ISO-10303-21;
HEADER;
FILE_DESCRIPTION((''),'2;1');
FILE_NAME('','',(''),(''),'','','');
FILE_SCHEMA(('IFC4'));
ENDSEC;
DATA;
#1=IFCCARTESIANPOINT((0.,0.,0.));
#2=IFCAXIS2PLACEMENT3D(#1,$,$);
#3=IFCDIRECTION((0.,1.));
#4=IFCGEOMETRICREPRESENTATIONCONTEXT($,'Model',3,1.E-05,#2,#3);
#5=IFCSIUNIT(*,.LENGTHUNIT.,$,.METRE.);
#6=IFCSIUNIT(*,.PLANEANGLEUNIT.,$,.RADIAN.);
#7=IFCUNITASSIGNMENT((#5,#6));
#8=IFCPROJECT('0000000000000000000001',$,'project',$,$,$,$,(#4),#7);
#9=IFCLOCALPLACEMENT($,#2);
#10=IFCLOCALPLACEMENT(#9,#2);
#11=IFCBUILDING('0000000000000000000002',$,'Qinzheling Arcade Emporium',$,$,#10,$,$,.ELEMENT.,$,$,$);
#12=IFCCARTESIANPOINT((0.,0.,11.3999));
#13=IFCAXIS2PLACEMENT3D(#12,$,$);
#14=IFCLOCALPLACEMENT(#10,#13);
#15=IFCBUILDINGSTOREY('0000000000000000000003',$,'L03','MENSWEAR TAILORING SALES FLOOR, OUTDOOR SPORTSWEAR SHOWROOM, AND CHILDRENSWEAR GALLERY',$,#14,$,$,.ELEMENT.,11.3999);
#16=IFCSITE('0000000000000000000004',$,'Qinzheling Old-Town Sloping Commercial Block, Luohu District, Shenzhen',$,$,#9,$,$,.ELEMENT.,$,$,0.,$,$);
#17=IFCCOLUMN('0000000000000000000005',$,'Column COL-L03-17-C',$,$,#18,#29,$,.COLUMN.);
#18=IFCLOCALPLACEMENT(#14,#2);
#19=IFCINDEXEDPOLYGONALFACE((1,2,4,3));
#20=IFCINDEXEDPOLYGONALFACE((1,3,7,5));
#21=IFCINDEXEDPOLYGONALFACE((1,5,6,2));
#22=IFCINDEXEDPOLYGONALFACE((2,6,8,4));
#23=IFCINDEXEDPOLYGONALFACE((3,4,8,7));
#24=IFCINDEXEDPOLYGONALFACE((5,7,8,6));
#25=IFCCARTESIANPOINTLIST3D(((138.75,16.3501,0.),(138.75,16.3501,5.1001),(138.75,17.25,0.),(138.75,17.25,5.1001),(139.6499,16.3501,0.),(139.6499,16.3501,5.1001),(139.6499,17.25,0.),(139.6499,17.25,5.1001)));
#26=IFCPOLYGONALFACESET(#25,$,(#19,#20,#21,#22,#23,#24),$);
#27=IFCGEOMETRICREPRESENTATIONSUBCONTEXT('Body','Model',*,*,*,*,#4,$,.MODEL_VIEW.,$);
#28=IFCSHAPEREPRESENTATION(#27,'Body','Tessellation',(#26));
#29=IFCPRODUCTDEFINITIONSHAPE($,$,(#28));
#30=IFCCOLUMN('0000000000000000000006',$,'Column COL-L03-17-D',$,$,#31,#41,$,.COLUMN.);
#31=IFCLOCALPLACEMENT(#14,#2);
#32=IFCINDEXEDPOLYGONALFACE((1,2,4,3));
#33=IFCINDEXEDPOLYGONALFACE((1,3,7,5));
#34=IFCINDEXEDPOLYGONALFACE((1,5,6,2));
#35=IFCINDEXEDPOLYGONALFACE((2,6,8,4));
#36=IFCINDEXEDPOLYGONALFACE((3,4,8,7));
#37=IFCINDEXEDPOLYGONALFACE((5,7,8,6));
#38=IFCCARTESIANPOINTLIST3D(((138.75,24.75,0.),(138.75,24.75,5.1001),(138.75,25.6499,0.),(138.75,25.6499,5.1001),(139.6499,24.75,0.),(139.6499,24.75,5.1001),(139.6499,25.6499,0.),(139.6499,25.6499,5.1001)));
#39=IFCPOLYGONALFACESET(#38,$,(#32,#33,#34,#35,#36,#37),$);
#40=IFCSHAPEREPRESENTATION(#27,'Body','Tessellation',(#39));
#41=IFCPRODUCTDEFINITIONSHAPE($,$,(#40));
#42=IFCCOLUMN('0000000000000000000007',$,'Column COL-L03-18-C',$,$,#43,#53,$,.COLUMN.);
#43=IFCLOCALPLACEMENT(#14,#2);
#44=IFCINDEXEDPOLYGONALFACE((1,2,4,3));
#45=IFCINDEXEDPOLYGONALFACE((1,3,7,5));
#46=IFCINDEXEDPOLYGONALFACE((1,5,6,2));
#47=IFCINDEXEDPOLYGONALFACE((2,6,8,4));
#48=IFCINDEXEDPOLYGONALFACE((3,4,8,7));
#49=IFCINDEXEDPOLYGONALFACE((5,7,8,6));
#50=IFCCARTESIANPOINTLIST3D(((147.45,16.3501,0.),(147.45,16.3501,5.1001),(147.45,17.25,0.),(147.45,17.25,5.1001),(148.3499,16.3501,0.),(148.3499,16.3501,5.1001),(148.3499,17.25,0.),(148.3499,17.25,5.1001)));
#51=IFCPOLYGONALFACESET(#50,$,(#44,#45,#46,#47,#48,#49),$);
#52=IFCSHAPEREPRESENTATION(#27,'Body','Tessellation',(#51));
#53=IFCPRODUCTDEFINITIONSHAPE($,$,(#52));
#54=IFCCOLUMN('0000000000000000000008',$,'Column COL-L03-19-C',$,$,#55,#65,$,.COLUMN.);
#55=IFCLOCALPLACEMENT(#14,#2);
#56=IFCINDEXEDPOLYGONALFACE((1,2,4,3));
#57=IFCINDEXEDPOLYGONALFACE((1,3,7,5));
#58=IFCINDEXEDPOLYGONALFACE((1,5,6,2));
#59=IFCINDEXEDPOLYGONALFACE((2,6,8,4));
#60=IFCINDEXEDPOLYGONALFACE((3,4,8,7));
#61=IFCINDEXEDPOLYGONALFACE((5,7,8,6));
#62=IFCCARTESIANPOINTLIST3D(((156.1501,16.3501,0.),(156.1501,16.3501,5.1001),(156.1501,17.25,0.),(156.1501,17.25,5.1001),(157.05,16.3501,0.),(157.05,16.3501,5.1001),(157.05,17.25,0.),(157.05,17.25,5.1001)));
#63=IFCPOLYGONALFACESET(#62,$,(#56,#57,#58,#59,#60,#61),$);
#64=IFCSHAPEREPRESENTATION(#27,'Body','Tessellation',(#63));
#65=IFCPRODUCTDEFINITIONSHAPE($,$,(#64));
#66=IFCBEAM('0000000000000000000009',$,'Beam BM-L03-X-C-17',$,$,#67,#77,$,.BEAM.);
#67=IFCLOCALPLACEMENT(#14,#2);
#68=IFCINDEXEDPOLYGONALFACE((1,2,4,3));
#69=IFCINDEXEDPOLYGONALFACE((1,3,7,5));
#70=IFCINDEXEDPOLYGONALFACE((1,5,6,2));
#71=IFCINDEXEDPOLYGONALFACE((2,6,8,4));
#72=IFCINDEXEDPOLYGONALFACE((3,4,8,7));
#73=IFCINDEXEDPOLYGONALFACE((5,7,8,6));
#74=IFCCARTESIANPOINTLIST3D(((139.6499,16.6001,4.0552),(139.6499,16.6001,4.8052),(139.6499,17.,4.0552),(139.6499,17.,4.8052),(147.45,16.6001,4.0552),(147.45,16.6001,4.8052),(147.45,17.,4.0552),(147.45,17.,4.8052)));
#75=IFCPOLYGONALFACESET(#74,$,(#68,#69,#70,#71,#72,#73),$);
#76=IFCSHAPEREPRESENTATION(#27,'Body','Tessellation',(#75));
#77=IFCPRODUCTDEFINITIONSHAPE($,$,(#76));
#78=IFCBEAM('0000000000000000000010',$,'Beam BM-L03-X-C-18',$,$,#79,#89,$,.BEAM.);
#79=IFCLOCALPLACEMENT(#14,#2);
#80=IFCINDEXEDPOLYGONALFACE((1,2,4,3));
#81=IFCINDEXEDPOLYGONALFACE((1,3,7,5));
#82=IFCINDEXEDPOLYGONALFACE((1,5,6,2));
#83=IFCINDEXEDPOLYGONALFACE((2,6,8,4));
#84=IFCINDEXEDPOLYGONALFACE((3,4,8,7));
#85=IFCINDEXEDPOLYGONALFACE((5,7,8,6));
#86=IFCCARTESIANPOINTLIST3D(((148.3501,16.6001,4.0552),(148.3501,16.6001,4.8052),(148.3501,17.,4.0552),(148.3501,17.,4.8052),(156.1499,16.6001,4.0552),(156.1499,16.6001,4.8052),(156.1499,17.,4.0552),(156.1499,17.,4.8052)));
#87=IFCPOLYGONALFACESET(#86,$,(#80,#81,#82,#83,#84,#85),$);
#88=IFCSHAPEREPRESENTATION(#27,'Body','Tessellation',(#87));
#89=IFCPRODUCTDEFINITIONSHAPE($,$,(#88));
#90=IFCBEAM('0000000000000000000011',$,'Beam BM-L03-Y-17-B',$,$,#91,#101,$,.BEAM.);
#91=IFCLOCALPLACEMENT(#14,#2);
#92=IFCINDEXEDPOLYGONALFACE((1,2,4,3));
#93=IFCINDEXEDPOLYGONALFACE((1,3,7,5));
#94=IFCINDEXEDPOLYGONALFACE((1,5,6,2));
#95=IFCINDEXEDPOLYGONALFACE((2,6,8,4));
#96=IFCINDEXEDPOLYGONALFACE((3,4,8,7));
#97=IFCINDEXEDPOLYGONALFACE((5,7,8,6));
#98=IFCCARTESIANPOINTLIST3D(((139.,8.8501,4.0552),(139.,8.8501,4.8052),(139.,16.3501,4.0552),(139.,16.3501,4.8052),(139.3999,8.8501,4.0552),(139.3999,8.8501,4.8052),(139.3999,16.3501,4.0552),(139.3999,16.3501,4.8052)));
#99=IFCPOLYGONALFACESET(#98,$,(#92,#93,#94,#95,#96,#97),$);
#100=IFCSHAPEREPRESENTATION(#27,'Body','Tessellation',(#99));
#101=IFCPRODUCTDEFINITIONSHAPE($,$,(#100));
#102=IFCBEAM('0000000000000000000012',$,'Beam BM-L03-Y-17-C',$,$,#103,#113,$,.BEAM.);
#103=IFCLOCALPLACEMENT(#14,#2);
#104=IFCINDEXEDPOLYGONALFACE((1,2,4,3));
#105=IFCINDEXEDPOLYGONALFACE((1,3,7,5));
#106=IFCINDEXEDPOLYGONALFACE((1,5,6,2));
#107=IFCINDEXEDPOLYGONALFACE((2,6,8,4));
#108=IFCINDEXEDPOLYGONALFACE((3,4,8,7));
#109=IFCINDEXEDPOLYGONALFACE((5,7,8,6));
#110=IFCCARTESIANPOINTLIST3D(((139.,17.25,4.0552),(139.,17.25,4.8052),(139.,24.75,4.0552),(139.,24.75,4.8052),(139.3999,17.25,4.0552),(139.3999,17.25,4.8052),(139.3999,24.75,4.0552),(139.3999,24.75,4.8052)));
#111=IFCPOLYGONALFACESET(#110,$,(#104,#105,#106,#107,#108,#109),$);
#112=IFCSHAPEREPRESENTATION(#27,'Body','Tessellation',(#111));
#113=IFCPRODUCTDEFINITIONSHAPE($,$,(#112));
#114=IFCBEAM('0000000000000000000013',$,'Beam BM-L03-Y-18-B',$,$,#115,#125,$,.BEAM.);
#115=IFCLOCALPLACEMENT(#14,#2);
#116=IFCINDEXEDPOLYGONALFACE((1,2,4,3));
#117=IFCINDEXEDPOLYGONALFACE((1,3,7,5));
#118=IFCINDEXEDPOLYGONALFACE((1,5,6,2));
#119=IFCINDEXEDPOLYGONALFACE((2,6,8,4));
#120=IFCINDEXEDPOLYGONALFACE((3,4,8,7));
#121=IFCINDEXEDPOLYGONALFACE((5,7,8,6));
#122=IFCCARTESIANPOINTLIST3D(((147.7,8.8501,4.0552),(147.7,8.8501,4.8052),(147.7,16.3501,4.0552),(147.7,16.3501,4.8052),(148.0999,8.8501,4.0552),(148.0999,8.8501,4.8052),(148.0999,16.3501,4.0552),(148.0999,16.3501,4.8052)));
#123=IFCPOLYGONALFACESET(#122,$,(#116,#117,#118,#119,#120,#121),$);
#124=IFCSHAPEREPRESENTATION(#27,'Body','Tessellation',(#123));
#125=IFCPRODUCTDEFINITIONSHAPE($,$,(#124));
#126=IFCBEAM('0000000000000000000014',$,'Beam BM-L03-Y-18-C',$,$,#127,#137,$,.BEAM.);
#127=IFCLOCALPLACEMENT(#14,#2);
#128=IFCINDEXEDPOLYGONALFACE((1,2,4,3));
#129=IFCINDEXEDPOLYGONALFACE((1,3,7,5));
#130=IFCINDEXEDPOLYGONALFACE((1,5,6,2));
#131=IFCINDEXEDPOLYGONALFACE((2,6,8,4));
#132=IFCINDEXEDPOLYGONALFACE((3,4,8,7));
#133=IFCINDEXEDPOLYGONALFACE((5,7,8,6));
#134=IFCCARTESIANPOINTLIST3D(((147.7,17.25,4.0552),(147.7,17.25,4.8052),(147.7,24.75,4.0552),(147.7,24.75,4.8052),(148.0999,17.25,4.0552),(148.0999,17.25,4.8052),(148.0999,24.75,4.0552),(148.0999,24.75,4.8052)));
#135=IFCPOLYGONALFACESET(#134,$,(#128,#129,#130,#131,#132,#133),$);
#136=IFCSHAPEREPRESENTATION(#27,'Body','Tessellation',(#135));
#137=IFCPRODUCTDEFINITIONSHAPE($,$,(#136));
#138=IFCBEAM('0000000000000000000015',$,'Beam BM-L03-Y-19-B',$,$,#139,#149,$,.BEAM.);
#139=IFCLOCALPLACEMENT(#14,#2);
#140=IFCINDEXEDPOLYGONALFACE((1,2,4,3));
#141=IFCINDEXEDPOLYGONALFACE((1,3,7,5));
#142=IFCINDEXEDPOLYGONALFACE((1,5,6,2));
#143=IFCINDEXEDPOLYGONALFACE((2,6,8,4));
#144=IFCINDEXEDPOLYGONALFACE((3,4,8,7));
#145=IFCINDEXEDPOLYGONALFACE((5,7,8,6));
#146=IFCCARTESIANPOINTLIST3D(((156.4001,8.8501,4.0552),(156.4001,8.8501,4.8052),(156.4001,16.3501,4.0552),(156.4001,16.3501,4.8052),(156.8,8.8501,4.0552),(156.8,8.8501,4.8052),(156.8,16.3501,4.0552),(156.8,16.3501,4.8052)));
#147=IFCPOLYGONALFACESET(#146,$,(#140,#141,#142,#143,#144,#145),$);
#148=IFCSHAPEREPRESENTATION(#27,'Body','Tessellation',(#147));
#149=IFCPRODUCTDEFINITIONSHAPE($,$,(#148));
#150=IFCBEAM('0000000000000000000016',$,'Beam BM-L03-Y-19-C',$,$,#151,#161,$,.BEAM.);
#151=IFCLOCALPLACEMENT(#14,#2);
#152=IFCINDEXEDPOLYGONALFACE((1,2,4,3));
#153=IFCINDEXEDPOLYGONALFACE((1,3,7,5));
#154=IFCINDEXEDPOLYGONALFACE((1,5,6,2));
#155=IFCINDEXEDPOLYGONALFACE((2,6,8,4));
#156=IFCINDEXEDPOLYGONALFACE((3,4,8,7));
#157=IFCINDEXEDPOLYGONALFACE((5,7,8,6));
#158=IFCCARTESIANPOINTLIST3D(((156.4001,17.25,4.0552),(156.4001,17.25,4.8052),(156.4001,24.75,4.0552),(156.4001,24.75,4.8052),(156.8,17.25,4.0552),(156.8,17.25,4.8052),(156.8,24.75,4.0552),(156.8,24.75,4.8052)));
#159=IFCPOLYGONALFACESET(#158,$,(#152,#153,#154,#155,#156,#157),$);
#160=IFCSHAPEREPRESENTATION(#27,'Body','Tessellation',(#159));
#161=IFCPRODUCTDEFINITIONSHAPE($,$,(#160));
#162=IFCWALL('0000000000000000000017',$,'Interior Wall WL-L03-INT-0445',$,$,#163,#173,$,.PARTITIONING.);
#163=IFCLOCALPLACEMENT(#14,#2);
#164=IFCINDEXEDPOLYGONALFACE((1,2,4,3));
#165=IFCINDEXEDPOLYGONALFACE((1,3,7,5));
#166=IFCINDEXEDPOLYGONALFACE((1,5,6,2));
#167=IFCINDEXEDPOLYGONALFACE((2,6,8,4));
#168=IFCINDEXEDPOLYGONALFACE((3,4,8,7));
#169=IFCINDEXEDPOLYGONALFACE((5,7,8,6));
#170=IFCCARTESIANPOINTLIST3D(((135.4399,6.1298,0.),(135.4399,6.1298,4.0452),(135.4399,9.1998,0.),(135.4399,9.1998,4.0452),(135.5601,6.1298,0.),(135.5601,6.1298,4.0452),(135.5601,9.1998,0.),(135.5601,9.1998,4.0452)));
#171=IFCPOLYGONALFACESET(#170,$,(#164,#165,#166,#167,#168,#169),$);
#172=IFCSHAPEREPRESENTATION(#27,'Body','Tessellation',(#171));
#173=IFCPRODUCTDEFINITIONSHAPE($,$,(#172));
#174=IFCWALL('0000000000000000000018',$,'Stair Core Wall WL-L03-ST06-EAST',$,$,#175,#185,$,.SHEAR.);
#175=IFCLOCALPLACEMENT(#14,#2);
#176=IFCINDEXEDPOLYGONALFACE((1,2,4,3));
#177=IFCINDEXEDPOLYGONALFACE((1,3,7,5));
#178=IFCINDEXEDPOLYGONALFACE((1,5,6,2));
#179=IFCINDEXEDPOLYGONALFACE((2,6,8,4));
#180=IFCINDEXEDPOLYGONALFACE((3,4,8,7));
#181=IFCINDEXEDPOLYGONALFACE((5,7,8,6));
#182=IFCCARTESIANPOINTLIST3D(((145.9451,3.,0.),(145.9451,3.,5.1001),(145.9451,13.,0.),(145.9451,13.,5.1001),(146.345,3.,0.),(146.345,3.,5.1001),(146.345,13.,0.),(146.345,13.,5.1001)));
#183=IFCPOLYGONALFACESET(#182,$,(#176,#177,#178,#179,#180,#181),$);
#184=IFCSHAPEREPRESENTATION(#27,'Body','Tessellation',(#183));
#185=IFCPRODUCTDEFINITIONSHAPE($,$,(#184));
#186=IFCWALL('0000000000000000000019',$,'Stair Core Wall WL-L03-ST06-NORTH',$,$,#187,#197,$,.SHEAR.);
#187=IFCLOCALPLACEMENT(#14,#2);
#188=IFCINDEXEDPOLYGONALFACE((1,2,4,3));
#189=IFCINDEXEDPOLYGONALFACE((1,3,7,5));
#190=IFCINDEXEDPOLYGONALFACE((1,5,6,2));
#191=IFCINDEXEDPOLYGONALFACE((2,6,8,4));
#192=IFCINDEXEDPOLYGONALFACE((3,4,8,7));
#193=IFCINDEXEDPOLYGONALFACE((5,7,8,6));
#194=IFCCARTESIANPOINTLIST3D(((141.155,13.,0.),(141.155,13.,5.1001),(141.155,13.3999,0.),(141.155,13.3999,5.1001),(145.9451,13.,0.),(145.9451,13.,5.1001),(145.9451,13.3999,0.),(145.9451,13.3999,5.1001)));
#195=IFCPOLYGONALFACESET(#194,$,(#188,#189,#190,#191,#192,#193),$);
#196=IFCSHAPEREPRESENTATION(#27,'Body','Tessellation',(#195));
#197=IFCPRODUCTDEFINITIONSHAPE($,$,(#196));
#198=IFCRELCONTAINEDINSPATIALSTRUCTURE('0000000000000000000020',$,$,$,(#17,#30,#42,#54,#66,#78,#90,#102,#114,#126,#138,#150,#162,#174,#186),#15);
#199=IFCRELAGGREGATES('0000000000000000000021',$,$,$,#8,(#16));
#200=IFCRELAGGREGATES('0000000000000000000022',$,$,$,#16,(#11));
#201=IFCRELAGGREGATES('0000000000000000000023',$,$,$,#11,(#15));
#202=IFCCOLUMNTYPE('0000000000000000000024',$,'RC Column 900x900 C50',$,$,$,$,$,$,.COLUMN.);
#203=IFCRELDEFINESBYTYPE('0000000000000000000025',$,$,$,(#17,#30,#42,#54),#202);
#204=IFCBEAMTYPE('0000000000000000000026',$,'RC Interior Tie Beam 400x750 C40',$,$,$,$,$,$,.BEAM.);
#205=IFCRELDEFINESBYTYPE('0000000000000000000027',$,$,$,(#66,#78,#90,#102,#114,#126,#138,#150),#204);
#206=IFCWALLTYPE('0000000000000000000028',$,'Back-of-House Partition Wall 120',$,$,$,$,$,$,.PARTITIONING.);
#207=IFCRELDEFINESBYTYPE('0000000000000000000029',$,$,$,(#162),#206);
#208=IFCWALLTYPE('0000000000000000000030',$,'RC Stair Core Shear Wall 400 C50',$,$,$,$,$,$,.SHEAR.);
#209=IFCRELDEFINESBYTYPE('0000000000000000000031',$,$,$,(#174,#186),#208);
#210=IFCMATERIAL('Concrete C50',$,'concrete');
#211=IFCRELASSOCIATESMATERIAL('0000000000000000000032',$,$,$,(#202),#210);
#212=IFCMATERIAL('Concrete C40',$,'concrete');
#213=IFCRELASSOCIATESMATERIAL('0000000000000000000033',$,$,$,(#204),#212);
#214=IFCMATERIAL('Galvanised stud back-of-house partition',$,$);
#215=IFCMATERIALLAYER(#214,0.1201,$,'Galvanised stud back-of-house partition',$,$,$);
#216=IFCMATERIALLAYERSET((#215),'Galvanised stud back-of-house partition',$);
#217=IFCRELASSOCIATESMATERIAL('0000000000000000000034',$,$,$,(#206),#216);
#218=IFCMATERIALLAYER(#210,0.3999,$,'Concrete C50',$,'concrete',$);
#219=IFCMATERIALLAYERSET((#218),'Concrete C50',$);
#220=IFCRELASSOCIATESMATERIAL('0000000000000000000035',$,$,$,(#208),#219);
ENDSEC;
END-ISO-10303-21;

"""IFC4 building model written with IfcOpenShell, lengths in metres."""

from ifc_helpers import new_model, si_unit, direction, frame, frame_2d, origin, origin_2d, place, context, subcontext, project, spatial, rectangle, extrude, material, layer, layer_set, material_profile, profile_set, type_object, element, save


model = new_model("IFC4")

# Units and contexts
model_context = context("Model", 3, precision=1e-05, world=origin(), true_north=direction((0.0, 1.0)))
body_context = subcontext(model_context, "Body", "Model", "MODEL_VIEW")
ifc_project = project(units=[si_unit("LENGTHUNIT", "METRE"), si_unit("PLANEANGLEUNIT", "RADIAN")], contexts=[model_context])

# Site, building, storey
site_placement = place(None, origin())
site = spatial("IfcSite", under=ifc_project, at=site_placement, Name="Qinzheling Old-Town Sloping Commercial Block, Luohu District, Shenzhen", CompositionType="ELEMENT", RefElevation=0.0)
building_placement = place(site_placement, origin())
building = spatial("IfcBuilding", under=site, at=building_placement, Name="Qinzheling Arcade Emporium", CompositionType="ELEMENT")
storey_placement = place(building_placement, frame((0.0, 0.0, 11.3999)))
storey = spatial("IfcBuildingStorey", under=building, at=storey_placement, Name="L03", Description="MENSWEAR TAILORING SALES FLOOR, OUTDOOR SPORTSWEAR SHOWROOM, AND CHILDRENSWEAR GALLERY", CompositionType="ELEMENT", Elevation=11.3999)

# Columns
ifc_material_1 = material(Name="Concrete C50", Category="concrete")
ifc_material_profile_1 = material_profile(ifc_material_1, rectangle(XDim=0.8999, YDim=0.8999, at=origin_2d()), Name="RC 900x900", Category="concrete")
ifc_profile_set_1 = profile_set([ifc_material_profile_1], Name="Concrete C50")
column_type = type_object("IfcColumnType", Name="RC Column 900x900 C50", PredefinedType="COLUMN", material=ifc_profile_set_1)
for number, where, z_axis, x_axis, name in (
    (1, (139.2, 16.8, 0.0), (0.0, 0.0, 1.0), (1.0, 0.0, 0.0), "Column COL-L03-17-C"),
    (2, (139.2, 25.2, 0.0), (0.0, 0.0, 1.0), (1.0, 0.0, 0.0), "Column COL-L03-17-D"),
    (3, (147.8999, 16.8, 0.0), (0.0, 0.0, 1.0), (1.0, 0.0, 0.0), "Column COL-L03-18-C"),
    (4, (156.6001, 16.8, 0.0), (0.0, 0.0, 1.0), (1.0, 0.0, 0.0), "Column COL-L03-19-C"),
):
    element("IfcColumn", number, at=place(storey_placement, frame(where, z_axis=z_axis, x_axis=x_axis)), inside=storey, type_object=column_type, Name=name, PredefinedType="COLUMN", context=body_context, shape_type="SweptSolid", body=[
        extrude(rectangle(XDim=0.8999, YDim=0.8999, at=origin_2d()), origin(), (0.0, 0.0, 1.0), 5.1001),
    ])

# Beams
ifc_material_2 = material(Name="Concrete C40", Category="concrete")
ifc_material_profile_2 = material_profile(ifc_material_2, rectangle(XDim=0.3999, YDim=0.75, at=origin_2d()), Name="RC 400x750", Category="concrete")
ifc_profile_set_2 = profile_set([ifc_material_profile_2], Name="Concrete C40")
beam_type = type_object("IfcBeamType", Name="RC Interior Tie Beam 400x750 C40", PredefinedType="BEAM", material=ifc_profile_set_2)
beam_1_placement = place(storey_placement, frame((139.6499, 16.8, 4.4302), z_axis=(1.0, 0.0, 0.0), x_axis=(0.0, 1.0, 0.0)))
element("IfcBeam", 5, at=beam_1_placement, inside=storey, type_object=beam_type, Name="Beam BM-L03-X-C-17", PredefinedType="BEAM", context=body_context, shape_type="SweptSolid", body=[
    extrude(rectangle(XDim=0.3999, YDim=0.75, at=origin_2d()), origin(), (0.0, 0.0, 1.0), 7.8),
])
beam_2_placement = place(storey_placement, frame((148.3501, 16.8, 4.4302), z_axis=(1.0, 0.0, 0.0), x_axis=(0.0, 1.0, 0.0)))
element("IfcBeam", 6, at=beam_2_placement, inside=storey, type_object=beam_type, Name="Beam BM-L03-X-C-18", PredefinedType="BEAM", context=body_context, shape_type="SweptSolid", body=[
    extrude(rectangle(XDim=0.3999, YDim=0.75, at=origin_2d()), origin(), (0.0, 0.0, 1.0), 7.7998),
])
for number, where, z_axis, x_axis, name in (
    (7, (139.2, 8.8501, 4.4302), (0.0, 1.0, 0.0), (-1.0, 0.0, 0.0), "Beam BM-L03-Y-17-B"),
    (8, (139.2, 17.25, 4.4302), (0.0, 1.0, 0.0), (-1.0, 0.0, 0.0), "Beam BM-L03-Y-17-C"),
    (9, (147.8999, 8.8501, 4.4302), (0.0, 1.0, 0.0), (-1.0, 0.0, 0.0), "Beam BM-L03-Y-18-B"),
    (10, (147.8999, 17.25, 4.4302), (0.0, 1.0, 0.0), (-1.0, 0.0, 0.0), "Beam BM-L03-Y-18-C"),
    (11, (156.6001, 8.8501, 4.4302), (0.0, 1.0, 0.0), (-1.0, 0.0, 0.0), "Beam BM-L03-Y-19-B"),
    (12, (156.6001, 17.25, 4.4302), (0.0, 1.0, 0.0), (-1.0, 0.0, 0.0), "Beam BM-L03-Y-19-C"),
):
    element("IfcBeam", number, at=place(storey_placement, frame(where, z_axis=z_axis, x_axis=x_axis)), inside=storey, type_object=beam_type, Name=name, PredefinedType="BEAM", context=body_context, shape_type="SweptSolid", body=[
        extrude(rectangle(XDim=0.3999, YDim=0.75, at=origin_2d()), origin(), (0.0, 0.0, 1.0), 7.5),
    ])

# Walls
ifc_material_3 = material(Name="Galvanised stud back-of-house partition")
ifc_layer_1 = layer(ifc_material_3, 0.1201, Name="Galvanised stud back-of-house partition")
ifc_layer_set_1 = layer_set([ifc_layer_1], Name="Galvanised stud back-of-house partition")
wall_type_1 = type_object("IfcWallType", Name="Back-of-House Partition Wall 120", PredefinedType="PARTITIONING", material=ifc_layer_set_1)
wall_1_placement = place(storey_placement, frame((135.5, 9.2, 0.0), z_axis=(0.0, 0.0, 1.0), x_axis=(0.0, -1.0, 0.0)))
element("IfcWall", 13, at=wall_1_placement, inside=storey, type_object=wall_type_1, Name="Interior Wall WL-L03-INT-0445", PredefinedType="PARTITIONING", context=body_context, shape_type="SweptSolid", body=[
    extrude(rectangle(XDim=3.0701, YDim=0.1201, at=frame_2d((1.5352, 0.0))), origin(), (0.0, 0.0, 1.0), 4.0452),
])
ifc_layer_2 = layer(ifc_material_1, 0.3999, Name="Concrete C50", Category="concrete")
ifc_layer_set_2 = layer_set([ifc_layer_2], Name="Concrete C50")
wall_type_2 = type_object("IfcWallType", Name="RC Stair Core Shear Wall 400 C50", PredefinedType="SHEAR", material=ifc_layer_set_2)
wall_2_placement = place(storey_placement, frame((146.145, 13.0, 0.0), z_axis=(0.0, 0.0, 1.0), x_axis=(0.0, -1.0, 0.0)))
element("IfcWall", 14, at=wall_2_placement, inside=storey, type_object=wall_type_2, Name="Stair Core Wall WL-L03-ST06-EAST", PredefinedType="SHEAR", context=body_context, shape_type="SweptSolid", body=[
    extrude(rectangle(XDim=10.0, YDim=0.3999, at=frame_2d((5.0, 0.0))), origin(), (0.0, 0.0, 1.0), 5.1001),
])
wall_3_placement = place(storey_placement, frame((141.155, 13.2, 0.0), z_axis=(0.0, 0.0, 1.0), x_axis=(1.0, 0.0, 0.0)))
element("IfcWall", 15, at=wall_3_placement, inside=storey, type_object=wall_type_2, Name="Stair Core Wall WL-L03-ST06-NORTH", PredefinedType="SHEAR", context=body_context, shape_type="SweptSolid", body=[
    extrude(rectangle(XDim=4.79, YDim=0.3999, at=frame_2d((2.395, 0.0))), origin(), (0.0, 0.0, 1.0), 5.1001),
])

save(model, "model.ifc")
